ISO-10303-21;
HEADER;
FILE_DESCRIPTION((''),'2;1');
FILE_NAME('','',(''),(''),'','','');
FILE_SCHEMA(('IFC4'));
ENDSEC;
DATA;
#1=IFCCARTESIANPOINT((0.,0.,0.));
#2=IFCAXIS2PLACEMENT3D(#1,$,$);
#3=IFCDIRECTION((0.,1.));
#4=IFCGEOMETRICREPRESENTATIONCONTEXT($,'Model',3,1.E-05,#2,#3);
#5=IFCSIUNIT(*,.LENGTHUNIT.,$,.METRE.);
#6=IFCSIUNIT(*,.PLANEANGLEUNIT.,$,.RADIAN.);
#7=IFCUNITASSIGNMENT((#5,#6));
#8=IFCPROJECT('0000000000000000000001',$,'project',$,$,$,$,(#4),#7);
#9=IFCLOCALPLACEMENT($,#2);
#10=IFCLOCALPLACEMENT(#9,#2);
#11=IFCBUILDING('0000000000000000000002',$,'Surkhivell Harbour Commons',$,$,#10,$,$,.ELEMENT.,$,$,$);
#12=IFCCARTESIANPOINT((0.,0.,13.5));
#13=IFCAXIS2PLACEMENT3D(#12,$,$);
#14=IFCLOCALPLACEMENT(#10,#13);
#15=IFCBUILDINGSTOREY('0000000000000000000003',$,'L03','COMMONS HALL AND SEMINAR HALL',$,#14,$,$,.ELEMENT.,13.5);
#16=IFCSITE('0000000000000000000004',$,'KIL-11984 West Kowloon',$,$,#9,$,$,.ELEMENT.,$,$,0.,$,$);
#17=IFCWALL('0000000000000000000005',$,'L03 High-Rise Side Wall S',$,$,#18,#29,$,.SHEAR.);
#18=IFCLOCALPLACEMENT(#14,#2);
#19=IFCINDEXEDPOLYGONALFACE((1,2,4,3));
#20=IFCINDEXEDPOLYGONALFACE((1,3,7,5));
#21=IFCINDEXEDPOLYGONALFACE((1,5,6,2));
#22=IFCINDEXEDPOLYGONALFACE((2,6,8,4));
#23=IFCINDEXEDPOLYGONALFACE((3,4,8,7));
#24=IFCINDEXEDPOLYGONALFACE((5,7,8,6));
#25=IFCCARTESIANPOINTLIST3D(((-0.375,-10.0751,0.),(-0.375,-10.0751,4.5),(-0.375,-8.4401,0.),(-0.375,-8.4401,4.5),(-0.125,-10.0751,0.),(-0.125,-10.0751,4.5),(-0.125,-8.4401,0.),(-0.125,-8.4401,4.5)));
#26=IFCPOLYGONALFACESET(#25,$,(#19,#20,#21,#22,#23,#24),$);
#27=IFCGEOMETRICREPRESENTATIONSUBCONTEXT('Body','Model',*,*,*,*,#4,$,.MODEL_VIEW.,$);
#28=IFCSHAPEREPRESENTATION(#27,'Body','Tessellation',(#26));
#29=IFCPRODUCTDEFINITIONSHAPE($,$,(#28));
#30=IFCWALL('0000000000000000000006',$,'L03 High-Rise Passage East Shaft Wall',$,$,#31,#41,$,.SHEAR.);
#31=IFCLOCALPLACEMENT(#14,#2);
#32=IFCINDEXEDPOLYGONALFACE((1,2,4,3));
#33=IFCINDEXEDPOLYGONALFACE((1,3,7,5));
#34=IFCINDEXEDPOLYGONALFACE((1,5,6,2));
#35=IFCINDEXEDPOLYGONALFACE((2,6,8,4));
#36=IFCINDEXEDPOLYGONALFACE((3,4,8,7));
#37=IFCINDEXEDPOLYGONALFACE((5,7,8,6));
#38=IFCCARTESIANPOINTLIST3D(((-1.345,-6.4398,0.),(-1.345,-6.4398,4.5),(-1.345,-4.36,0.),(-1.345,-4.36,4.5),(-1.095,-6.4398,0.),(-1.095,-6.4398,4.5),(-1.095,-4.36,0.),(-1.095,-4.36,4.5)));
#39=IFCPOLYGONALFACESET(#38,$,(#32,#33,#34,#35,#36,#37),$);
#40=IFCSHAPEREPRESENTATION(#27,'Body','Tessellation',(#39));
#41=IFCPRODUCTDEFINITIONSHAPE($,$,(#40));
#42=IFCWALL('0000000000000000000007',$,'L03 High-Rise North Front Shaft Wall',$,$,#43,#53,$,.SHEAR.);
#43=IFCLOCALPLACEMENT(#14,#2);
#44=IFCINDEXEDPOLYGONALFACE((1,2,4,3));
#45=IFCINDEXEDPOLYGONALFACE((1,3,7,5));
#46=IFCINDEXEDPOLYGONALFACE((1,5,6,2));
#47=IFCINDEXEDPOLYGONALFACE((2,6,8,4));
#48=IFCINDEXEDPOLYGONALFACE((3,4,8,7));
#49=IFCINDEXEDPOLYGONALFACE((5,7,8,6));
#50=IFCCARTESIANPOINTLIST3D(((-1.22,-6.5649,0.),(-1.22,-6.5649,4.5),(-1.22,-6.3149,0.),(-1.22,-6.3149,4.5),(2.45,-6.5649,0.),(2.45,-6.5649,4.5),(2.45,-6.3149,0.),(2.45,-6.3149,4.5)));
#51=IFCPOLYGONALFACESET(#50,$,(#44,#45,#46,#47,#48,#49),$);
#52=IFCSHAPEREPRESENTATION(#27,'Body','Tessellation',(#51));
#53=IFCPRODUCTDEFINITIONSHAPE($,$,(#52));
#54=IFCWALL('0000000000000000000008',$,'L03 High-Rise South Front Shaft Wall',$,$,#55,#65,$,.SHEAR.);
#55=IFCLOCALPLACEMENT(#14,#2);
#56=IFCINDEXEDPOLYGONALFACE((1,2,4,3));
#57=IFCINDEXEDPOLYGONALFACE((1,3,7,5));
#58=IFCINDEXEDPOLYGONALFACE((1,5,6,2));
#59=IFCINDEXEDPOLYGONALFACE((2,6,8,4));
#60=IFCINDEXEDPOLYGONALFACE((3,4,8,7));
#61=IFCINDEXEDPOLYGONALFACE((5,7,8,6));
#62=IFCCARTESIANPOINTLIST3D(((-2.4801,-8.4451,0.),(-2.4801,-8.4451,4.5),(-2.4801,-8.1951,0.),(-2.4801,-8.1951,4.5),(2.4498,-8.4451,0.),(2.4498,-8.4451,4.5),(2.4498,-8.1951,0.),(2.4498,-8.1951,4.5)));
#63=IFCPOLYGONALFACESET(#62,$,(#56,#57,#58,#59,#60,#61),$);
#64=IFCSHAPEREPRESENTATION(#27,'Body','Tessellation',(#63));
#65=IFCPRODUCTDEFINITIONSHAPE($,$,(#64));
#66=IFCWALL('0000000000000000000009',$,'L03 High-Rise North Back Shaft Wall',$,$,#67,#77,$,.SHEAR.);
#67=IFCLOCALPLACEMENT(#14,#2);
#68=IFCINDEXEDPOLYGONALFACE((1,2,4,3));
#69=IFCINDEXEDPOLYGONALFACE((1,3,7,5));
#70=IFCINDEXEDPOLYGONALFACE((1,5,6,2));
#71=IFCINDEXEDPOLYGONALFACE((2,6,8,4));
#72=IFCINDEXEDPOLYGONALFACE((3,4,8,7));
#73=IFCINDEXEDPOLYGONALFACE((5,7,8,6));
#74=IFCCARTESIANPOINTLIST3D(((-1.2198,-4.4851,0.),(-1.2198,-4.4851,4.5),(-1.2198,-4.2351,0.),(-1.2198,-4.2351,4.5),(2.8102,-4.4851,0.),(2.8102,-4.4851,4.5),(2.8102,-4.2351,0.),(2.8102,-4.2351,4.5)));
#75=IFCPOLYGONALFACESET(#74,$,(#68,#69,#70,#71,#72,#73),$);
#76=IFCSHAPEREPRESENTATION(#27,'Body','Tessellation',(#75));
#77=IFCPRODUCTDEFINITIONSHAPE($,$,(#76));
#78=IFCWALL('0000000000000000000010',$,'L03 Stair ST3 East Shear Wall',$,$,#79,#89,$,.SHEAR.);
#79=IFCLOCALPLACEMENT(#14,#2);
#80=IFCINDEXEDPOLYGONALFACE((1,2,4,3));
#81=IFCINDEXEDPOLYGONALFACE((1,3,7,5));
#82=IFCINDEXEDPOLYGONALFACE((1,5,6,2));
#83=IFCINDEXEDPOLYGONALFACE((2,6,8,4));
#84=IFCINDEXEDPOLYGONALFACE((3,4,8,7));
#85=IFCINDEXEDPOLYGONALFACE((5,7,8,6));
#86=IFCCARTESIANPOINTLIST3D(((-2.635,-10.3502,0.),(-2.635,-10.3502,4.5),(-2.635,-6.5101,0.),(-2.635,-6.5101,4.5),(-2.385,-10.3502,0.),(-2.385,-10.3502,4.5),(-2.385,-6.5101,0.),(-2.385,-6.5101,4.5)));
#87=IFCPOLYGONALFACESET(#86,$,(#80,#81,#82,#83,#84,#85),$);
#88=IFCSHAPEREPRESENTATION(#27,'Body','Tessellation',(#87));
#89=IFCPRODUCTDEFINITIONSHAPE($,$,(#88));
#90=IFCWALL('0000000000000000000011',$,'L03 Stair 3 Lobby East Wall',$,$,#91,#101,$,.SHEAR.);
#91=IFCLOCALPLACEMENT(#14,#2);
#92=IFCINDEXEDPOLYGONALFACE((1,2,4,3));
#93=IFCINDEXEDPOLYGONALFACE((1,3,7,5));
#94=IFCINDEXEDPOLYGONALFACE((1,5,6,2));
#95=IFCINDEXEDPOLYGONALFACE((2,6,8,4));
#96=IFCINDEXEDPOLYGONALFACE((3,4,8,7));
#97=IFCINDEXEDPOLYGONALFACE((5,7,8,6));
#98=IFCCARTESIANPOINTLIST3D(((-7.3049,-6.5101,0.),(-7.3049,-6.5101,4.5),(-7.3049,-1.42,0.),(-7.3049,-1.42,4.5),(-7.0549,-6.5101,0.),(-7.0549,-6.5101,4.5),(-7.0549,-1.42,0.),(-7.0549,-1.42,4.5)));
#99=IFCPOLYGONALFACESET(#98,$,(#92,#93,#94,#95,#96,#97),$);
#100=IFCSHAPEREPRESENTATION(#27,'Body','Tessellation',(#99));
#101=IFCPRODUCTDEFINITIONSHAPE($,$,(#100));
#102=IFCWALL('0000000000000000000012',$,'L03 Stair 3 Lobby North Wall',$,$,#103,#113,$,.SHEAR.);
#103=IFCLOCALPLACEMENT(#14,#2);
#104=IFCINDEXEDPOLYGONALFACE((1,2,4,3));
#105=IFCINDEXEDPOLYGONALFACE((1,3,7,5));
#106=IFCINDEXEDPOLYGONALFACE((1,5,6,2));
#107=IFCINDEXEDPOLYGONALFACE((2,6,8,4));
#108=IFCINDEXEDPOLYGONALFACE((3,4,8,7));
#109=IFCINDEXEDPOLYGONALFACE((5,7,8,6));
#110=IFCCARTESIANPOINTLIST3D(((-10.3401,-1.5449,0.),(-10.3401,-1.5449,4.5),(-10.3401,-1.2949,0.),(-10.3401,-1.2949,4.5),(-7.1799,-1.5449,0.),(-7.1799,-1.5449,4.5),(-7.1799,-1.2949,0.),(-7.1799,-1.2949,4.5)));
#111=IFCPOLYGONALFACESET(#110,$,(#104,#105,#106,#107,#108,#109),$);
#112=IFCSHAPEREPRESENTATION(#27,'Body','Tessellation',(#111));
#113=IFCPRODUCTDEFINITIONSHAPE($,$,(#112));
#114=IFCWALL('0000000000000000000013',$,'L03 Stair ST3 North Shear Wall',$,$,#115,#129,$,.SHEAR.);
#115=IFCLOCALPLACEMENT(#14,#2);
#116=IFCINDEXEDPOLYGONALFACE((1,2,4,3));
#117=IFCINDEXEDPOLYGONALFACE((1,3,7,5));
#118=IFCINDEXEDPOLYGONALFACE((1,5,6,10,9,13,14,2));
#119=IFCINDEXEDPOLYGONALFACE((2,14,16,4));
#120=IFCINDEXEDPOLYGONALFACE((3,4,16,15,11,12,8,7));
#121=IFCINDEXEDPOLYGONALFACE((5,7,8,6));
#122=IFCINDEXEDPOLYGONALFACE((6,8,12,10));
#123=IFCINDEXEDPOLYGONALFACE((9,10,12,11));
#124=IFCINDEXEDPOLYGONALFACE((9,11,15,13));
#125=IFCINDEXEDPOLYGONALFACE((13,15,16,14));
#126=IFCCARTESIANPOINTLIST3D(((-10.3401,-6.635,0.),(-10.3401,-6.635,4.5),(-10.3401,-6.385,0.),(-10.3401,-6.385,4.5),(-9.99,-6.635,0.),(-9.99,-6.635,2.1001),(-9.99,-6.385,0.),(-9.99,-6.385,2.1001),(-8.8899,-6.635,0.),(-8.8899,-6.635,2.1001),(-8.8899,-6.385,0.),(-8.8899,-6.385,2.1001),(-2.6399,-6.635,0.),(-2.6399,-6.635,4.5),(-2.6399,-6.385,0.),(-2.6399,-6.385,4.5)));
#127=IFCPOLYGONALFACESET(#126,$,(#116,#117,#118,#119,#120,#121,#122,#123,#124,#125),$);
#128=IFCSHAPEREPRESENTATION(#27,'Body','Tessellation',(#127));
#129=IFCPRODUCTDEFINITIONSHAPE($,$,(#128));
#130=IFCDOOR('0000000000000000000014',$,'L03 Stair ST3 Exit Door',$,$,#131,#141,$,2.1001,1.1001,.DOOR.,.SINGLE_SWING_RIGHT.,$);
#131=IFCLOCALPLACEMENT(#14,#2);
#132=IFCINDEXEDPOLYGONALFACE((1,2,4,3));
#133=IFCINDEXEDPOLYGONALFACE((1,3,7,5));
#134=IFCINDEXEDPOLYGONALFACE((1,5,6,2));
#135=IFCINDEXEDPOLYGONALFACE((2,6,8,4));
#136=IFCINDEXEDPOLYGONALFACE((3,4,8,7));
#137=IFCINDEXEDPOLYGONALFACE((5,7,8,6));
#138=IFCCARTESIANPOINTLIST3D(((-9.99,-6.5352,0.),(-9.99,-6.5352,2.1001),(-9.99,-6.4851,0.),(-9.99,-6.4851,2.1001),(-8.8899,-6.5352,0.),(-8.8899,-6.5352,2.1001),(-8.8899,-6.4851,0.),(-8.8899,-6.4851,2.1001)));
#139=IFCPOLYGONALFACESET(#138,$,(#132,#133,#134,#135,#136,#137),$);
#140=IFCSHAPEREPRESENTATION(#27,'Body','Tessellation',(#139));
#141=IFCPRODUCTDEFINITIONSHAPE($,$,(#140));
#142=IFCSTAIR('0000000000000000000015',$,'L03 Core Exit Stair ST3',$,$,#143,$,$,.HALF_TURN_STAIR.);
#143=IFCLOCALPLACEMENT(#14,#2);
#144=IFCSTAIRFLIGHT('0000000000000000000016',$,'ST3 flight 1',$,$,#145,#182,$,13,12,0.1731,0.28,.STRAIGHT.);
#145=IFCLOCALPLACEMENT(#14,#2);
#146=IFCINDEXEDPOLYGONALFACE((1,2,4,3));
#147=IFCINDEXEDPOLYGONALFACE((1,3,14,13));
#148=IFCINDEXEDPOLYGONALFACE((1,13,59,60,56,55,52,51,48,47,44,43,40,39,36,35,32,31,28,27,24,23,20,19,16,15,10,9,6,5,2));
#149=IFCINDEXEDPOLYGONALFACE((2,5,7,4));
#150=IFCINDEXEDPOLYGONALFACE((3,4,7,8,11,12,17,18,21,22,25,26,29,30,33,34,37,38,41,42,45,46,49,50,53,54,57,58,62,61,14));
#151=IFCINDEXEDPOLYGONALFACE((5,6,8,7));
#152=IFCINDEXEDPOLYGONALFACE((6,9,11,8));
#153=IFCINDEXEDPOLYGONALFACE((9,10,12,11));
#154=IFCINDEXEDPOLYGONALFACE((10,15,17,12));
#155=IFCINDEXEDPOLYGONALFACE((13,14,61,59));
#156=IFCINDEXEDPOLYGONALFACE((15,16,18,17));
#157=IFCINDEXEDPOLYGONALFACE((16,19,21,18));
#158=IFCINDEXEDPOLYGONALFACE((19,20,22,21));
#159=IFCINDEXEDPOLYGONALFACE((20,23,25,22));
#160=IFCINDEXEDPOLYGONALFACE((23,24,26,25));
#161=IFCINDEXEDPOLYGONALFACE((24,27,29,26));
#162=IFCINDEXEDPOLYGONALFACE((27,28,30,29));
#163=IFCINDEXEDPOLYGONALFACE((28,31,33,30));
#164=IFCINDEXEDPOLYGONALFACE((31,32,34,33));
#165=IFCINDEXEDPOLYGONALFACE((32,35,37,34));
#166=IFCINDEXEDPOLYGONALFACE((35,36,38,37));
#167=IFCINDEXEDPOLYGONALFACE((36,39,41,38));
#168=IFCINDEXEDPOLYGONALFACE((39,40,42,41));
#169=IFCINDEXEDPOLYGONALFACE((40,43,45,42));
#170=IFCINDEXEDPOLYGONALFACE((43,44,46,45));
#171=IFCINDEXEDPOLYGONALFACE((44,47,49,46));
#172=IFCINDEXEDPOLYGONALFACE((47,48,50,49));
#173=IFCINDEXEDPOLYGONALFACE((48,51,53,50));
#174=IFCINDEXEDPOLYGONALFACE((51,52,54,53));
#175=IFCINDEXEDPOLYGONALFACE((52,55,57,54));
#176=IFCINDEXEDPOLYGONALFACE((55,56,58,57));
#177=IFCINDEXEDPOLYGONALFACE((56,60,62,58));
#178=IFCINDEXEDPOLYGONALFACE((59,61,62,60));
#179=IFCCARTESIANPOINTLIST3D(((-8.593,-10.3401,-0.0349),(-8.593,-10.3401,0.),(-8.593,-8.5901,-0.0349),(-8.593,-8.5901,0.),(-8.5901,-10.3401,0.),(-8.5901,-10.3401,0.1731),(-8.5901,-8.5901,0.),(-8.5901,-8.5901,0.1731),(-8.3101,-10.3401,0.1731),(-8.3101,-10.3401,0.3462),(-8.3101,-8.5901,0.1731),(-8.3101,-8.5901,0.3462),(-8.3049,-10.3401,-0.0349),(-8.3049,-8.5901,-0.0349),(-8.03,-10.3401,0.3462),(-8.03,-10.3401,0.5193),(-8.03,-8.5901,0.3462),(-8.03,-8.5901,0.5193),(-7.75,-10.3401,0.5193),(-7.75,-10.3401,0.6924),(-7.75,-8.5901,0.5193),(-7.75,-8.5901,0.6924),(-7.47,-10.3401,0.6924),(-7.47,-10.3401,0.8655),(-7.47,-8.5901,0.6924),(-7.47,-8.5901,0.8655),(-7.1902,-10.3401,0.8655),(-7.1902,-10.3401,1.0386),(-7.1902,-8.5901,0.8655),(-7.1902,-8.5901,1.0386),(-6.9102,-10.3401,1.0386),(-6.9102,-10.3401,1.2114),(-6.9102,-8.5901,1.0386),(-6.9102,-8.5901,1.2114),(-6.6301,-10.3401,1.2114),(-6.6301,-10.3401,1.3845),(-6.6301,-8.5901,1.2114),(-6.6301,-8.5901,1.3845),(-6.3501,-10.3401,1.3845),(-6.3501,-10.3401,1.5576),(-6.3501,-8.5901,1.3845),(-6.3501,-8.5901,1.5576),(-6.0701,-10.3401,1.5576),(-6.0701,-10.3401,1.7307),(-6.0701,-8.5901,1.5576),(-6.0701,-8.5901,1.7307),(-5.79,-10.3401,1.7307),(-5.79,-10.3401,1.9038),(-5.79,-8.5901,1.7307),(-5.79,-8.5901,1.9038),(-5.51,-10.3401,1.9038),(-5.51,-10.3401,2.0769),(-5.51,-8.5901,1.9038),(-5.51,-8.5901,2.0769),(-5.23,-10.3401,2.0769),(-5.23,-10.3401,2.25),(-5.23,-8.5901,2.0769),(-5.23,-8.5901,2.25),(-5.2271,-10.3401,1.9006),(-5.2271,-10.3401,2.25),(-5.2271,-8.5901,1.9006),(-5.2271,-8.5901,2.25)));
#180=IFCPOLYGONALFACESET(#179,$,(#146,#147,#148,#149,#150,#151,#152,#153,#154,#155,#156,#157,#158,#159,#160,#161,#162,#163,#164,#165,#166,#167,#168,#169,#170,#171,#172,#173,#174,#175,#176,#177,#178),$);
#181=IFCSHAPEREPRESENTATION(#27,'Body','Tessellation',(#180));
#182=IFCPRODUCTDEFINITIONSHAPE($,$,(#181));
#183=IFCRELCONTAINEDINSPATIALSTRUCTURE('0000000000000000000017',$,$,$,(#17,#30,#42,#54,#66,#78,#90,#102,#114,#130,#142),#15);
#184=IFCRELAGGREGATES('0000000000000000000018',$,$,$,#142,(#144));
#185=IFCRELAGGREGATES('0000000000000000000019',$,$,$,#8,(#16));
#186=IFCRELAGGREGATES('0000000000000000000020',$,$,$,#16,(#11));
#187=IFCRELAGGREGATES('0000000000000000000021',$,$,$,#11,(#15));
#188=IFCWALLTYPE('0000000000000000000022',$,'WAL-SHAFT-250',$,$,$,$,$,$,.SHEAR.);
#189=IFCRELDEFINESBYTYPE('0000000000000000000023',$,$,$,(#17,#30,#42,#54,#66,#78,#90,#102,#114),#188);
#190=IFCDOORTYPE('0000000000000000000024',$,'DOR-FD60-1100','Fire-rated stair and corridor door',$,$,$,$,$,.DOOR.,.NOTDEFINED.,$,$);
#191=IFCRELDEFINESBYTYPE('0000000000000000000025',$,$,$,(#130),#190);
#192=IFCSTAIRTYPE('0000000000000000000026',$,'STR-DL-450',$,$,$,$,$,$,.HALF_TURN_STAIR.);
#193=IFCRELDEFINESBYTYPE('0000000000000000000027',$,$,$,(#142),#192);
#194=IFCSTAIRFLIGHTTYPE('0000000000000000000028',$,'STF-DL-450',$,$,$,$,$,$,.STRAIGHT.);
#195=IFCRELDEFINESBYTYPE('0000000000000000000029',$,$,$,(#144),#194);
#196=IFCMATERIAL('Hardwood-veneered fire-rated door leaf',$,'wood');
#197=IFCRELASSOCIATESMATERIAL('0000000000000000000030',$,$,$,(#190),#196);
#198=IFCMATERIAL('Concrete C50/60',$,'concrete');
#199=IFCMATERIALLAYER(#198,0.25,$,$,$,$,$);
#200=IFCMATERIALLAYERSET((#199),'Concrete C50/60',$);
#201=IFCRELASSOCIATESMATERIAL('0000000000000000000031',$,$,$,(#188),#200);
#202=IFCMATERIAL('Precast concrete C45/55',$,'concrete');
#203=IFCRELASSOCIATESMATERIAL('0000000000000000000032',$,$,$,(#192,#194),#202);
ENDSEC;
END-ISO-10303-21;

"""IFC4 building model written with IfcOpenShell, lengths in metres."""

from ifc_helpers import new_model, si_unit, direction, frame, frame_2d, origin, place, context, subcontext, project, spatial, polyline, rectangle, outline, extrude, material, layer, layer_set, type_object, element, fill, aggregate, save


model = new_model("IFC4")

# Units and contexts
model_context = context("Model", 3, precision=1e-05, world=origin(), true_north=direction((0.0, 1.0)))
body_context = subcontext(model_context, "Body", "Model", "MODEL_VIEW")
ifc_project = project(units=[si_unit("LENGTHUNIT", "METRE"), si_unit("PLANEANGLEUNIT", "RADIAN")], contexts=[model_context])

# Site, building, storey
site_placement = place(None, origin())
site = spatial("IfcSite", under=ifc_project, at=site_placement, Name="KIL-11984 West Kowloon", CompositionType="ELEMENT", RefElevation=0.0)
building_placement = place(site_placement, origin())
building = spatial("IfcBuilding", under=site, at=building_placement, Name="Surkhivell Harbour Commons", CompositionType="ELEMENT")
storey_placement = place(building_placement, frame((0.0, 0.0, 13.5)))
storey = spatial("IfcBuildingStorey", under=building, at=storey_placement, Name="L03", Description="COMMONS HALL AND SEMINAR HALL", CompositionType="ELEMENT", Elevation=13.5)

# Shared definitions
ifc_material_1 = material(Name="Hardwood-veneered fire-rated door leaf", Category="wood")
door_type_1 = type_object("IfcDoorType", Name="DOR-FD60-1100", Description="Fire-rated stair and corridor door", OperationType="NOTDEFINED", PredefinedType="DOOR", material=ifc_material_1)

# Walls
ifc_material_2 = material(Name="Concrete C50/60", Category="concrete")
ifc_layer_1 = layer(ifc_material_2, 0.25)
ifc_layer_set_1 = layer_set([ifc_layer_1], Name="Concrete C50/60")
wall_type_1 = type_object("IfcWallType", Name="WAL-SHAFT-250", PredefinedType="SHEAR", material=ifc_layer_set_1)
wall_1_placement = place(storey_placement, frame((-0.25, -10.075, 0.0), z_axis=(0.0, 0.0, 1.0), x_axis=(0.0, 1.0, 0.0)))
element("IfcWall", 1, at=wall_1_placement, inside=storey, type_object=wall_type_1, Name="L03 High-Rise Side Wall S", PredefinedType="SHEAR", context=body_context, shape_type="SweptSolid", body=[
    extrude(rectangle(XDim=1.635, YDim=0.25, at=frame_2d((0.8174, 0.0))), origin(), (0.0, 0.0, 1.0), 4.5),
])
wall_2_placement = place(storey_placement, frame((-1.22, -6.4399, 0.0), z_axis=(0.0, 0.0, 1.0), x_axis=(0.0, 1.0, 0.0)))
element("IfcWall", 2, at=wall_2_placement, inside=storey, type_object=wall_type_1, Name="L03 High-Rise Passage East Shaft Wall", PredefinedType="SHEAR", context=body_context, shape_type="SweptSolid", body=[
    extrude(rectangle(XDim=2.0798, YDim=0.25, at=frame_2d((1.04, 0.0))), origin(), (0.0, 0.0, 1.0), 4.5),
])
wall_3_placement = place(storey_placement, frame((-1.22, -6.4399, 0.0), z_axis=(0.0, 0.0, 1.0), x_axis=(1.0, 0.0, 0.0)))
element("IfcWall", 3, at=wall_3_placement, inside=storey, type_object=wall_type_1, Name="L03 High-Rise North Front Shaft Wall", PredefinedType="SHEAR", context=body_context, shape_type="SweptSolid", body=[
    extrude(rectangle(XDim=3.6699, YDim=0.25, at=frame_2d((1.835, 0.0))), origin(), (0.0, 0.0, 1.0), 4.5),
])
wall_4_placement = place(storey_placement, frame((-2.48, -8.3201, 0.0), z_axis=(0.0, 0.0, 1.0), x_axis=(1.0, 0.0, 0.0)))
element("IfcWall", 4, at=wall_4_placement, inside=storey, type_object=wall_type_1, Name="L03 High-Rise South Front Shaft Wall", PredefinedType="SHEAR", context=body_context, shape_type="SweptSolid", body=[
    extrude(rectangle(XDim=4.9299, YDim=0.25, at=frame_2d((2.4648, 0.0))), origin(), (0.0, 0.0, 1.0), 4.5),
])
wall_5_placement = place(storey_placement, frame((-1.22, -4.3601, 0.0), z_axis=(0.0, 0.0, 1.0), x_axis=(1.0, 0.0, 0.0)))
element("IfcWall", 5, at=wall_5_placement, inside=storey, type_object=wall_type_1, Name="L03 High-Rise North Back Shaft Wall", PredefinedType="SHEAR", context=body_context, shape_type="SweptSolid", body=[
    extrude(rectangle(XDim=4.03, YDim=0.25, at=frame_2d((2.0151, 0.0))), origin(), (0.0, 0.0, 1.0), 4.5),
])
wall_6_placement = place(storey_placement, frame((-2.51, -10.3501, 0.0), z_axis=(0.0, 0.0, 1.0), x_axis=(0.0, 1.0, 0.0)))
element("IfcWall", 6, at=wall_6_placement, inside=storey, type_object=wall_type_1, Name="L03 Stair ST3 East Shear Wall", PredefinedType="SHEAR", context=body_context, shape_type="SweptSolid", body=[
    extrude(rectangle(XDim=3.8401, YDim=0.25, at=frame_2d((1.9199, 0.0))), origin(), (0.0, 0.0, 1.0), 4.5),
])
wall_7_placement = place(storey_placement, frame((-7.1799, -6.51, 0.0), z_axis=(0.0, 0.0, 1.0), x_axis=(0.0, 1.0, 0.0)))
element("IfcWall", 7, at=wall_7_placement, inside=storey, type_object=wall_type_1, Name="L03 Stair 3 Lobby East Wall", PredefinedType="SHEAR", context=body_context, shape_type="SweptSolid", body=[
    extrude(rectangle(XDim=5.0901, YDim=0.25, at=frame_2d((2.5449, 0.0))), origin(), (0.0, 0.0, 1.0), 4.5),
])
wall_8_placement = place(storey_placement, frame((-10.3401, -1.4199, 0.0), z_axis=(0.0, 0.0, 1.0), x_axis=(1.0, 0.0, 0.0)))
element("IfcWall", 8, at=wall_8_placement, inside=storey, type_object=wall_type_1, Name="L03 Stair 3 Lobby North Wall", PredefinedType="SHEAR", context=body_context, shape_type="SweptSolid", body=[
    extrude(rectangle(XDim=3.1602, YDim=0.25, at=frame_2d((1.5801, 0.0))), origin(), (0.0, 0.0, 1.0), 4.5),
])

# Wall, opening, door
wall_9_placement = place(storey_placement, frame((-10.3401, -6.51, 0.0), z_axis=(0.0, 0.0, 1.0), x_axis=(1.0, 0.0, 0.0)))
wall_9 = element("IfcWall", 9, at=wall_9_placement, inside=storey, type_object=wall_type_1, Name="L03 Stair ST3 North Shear Wall", PredefinedType="SHEAR", context=body_context, shape_type="SweptSolid", body=[
    extrude(rectangle(XDim=7.7002, YDim=0.25, at=frame_2d((3.8501, 0.0))), origin(), (0.0, 0.0, 1.0), 4.5),
])
opening_1_placement = place(wall_9_placement, frame((0.3501, 0.0, 0.0)))
opening_1 = element("IfcOpeningElement", 10, at=opening_1_placement, cuts=wall_9, PredefinedType="OPENING", context=body_context, shape_type="SweptSolid", body=[
    extrude(rectangle(XDim=1.1001, YDim=2.1001, at=frame_2d((0.55, 1.05))), frame((0.0, 0.135, 0.0), z_axis=(0.0, -1.0, 0.0), x_axis=(1.0, 0.0, 0.0)), (0.0, 0.0, 1.0), 0.27),
])
door_1_placement = place(opening_1_placement, origin())
door_1 = element("IfcDoor", 11, at=door_1_placement, inside=storey, type_object=door_type_1, Name="L03 Stair ST3 Exit Door", OperationType="SINGLE_SWING_RIGHT", OverallHeight=2.1001, OverallWidth=1.1001, PredefinedType="DOOR", context=body_context, shape_type="SweptSolid", body=[
    extrude(rectangle(XDim=1.1001, YDim=2.1001, at=frame_2d((0.55, 1.05))), frame((0.0, 0.0249, 0.0), z_axis=(0.0, -1.0, 0.0), x_axis=(1.0, 0.0, 0.0)), (0.0, 0.0, 1.0), 0.05),
])
fill(opening_1, door_1)

# Stair, stair flight
ifc_material_3 = material(Name="Precast concrete C45/55", Category="concrete")
stair_type = type_object("IfcStairType", Name="STR-DL-450", PredefinedType="HALF_TURN_STAIR", material=ifc_material_3)
stair_placement = place(storey_placement, origin())
stair = element("IfcStair", 12, at=stair_placement, inside=storey, type_object=stair_type, Name="L03 Core Exit Stair ST3", PredefinedType="HALF_TURN_STAIR")
stair_flight_type = type_object("IfcStairFlightType", Name="STF-DL-450", PredefinedType="STRAIGHT", material=ifc_material_3)
stair_flight_1_placement = place(storey_placement, frame((-8.5901, -9.4651, 0.0), z_axis=(0.0, 0.0, 1.0), x_axis=(1.0, 0.0, 0.0)))
stair_flight_1 = element("IfcStairFlight", 13, at=stair_flight_1_placement, type_object=stair_flight_type, Name="ST3 flight 1", NumberOfRisers=13, NumberOfTreads=12, PredefinedType="STRAIGHT", RiserHeight=0.1731, TreadLength=0.28, context=body_context, shape_type="SweptSolid", body=[
    extrude(outline(polyline([(-0.0029, -0.0349), (-0.0029, 0.0), (0.0, 0.0), (0.0, 0.1731), (0.28, 0.1731), (0.28, 0.3462), (0.5601, 0.3462), (0.5601, 0.5193), (0.8401, 0.5193), (0.8401, 0.6924), (1.1201, 0.6924), (1.1201, 0.8655), (1.3999, 0.8655), (1.3999, 1.0386), (1.6799, 1.0386), (1.6799, 1.2114), (1.96, 1.2114), (1.96, 1.3845), (2.24, 1.3845), (2.24, 1.5576), (2.52, 1.5576), (2.52, 1.7307), (2.8, 1.7307), (2.8, 1.9038), (3.0801, 1.9038), (3.0801, 2.0769), (3.3601, 2.0769), (3.3601, 2.25), (3.363, 2.25), (3.363, 1.9006), (0.2852, -0.0349), (-0.0029, -0.0349)])), frame((0.0, 0.875, 0.0), z_axis=(0.0, -1.0, 0.0), x_axis=(1.0, 0.0, 0.0)), (0.0, 0.0, 1.0), 1.75),
])
aggregate(stair, [stair_flight_1])

save(model, "model.ifc")
